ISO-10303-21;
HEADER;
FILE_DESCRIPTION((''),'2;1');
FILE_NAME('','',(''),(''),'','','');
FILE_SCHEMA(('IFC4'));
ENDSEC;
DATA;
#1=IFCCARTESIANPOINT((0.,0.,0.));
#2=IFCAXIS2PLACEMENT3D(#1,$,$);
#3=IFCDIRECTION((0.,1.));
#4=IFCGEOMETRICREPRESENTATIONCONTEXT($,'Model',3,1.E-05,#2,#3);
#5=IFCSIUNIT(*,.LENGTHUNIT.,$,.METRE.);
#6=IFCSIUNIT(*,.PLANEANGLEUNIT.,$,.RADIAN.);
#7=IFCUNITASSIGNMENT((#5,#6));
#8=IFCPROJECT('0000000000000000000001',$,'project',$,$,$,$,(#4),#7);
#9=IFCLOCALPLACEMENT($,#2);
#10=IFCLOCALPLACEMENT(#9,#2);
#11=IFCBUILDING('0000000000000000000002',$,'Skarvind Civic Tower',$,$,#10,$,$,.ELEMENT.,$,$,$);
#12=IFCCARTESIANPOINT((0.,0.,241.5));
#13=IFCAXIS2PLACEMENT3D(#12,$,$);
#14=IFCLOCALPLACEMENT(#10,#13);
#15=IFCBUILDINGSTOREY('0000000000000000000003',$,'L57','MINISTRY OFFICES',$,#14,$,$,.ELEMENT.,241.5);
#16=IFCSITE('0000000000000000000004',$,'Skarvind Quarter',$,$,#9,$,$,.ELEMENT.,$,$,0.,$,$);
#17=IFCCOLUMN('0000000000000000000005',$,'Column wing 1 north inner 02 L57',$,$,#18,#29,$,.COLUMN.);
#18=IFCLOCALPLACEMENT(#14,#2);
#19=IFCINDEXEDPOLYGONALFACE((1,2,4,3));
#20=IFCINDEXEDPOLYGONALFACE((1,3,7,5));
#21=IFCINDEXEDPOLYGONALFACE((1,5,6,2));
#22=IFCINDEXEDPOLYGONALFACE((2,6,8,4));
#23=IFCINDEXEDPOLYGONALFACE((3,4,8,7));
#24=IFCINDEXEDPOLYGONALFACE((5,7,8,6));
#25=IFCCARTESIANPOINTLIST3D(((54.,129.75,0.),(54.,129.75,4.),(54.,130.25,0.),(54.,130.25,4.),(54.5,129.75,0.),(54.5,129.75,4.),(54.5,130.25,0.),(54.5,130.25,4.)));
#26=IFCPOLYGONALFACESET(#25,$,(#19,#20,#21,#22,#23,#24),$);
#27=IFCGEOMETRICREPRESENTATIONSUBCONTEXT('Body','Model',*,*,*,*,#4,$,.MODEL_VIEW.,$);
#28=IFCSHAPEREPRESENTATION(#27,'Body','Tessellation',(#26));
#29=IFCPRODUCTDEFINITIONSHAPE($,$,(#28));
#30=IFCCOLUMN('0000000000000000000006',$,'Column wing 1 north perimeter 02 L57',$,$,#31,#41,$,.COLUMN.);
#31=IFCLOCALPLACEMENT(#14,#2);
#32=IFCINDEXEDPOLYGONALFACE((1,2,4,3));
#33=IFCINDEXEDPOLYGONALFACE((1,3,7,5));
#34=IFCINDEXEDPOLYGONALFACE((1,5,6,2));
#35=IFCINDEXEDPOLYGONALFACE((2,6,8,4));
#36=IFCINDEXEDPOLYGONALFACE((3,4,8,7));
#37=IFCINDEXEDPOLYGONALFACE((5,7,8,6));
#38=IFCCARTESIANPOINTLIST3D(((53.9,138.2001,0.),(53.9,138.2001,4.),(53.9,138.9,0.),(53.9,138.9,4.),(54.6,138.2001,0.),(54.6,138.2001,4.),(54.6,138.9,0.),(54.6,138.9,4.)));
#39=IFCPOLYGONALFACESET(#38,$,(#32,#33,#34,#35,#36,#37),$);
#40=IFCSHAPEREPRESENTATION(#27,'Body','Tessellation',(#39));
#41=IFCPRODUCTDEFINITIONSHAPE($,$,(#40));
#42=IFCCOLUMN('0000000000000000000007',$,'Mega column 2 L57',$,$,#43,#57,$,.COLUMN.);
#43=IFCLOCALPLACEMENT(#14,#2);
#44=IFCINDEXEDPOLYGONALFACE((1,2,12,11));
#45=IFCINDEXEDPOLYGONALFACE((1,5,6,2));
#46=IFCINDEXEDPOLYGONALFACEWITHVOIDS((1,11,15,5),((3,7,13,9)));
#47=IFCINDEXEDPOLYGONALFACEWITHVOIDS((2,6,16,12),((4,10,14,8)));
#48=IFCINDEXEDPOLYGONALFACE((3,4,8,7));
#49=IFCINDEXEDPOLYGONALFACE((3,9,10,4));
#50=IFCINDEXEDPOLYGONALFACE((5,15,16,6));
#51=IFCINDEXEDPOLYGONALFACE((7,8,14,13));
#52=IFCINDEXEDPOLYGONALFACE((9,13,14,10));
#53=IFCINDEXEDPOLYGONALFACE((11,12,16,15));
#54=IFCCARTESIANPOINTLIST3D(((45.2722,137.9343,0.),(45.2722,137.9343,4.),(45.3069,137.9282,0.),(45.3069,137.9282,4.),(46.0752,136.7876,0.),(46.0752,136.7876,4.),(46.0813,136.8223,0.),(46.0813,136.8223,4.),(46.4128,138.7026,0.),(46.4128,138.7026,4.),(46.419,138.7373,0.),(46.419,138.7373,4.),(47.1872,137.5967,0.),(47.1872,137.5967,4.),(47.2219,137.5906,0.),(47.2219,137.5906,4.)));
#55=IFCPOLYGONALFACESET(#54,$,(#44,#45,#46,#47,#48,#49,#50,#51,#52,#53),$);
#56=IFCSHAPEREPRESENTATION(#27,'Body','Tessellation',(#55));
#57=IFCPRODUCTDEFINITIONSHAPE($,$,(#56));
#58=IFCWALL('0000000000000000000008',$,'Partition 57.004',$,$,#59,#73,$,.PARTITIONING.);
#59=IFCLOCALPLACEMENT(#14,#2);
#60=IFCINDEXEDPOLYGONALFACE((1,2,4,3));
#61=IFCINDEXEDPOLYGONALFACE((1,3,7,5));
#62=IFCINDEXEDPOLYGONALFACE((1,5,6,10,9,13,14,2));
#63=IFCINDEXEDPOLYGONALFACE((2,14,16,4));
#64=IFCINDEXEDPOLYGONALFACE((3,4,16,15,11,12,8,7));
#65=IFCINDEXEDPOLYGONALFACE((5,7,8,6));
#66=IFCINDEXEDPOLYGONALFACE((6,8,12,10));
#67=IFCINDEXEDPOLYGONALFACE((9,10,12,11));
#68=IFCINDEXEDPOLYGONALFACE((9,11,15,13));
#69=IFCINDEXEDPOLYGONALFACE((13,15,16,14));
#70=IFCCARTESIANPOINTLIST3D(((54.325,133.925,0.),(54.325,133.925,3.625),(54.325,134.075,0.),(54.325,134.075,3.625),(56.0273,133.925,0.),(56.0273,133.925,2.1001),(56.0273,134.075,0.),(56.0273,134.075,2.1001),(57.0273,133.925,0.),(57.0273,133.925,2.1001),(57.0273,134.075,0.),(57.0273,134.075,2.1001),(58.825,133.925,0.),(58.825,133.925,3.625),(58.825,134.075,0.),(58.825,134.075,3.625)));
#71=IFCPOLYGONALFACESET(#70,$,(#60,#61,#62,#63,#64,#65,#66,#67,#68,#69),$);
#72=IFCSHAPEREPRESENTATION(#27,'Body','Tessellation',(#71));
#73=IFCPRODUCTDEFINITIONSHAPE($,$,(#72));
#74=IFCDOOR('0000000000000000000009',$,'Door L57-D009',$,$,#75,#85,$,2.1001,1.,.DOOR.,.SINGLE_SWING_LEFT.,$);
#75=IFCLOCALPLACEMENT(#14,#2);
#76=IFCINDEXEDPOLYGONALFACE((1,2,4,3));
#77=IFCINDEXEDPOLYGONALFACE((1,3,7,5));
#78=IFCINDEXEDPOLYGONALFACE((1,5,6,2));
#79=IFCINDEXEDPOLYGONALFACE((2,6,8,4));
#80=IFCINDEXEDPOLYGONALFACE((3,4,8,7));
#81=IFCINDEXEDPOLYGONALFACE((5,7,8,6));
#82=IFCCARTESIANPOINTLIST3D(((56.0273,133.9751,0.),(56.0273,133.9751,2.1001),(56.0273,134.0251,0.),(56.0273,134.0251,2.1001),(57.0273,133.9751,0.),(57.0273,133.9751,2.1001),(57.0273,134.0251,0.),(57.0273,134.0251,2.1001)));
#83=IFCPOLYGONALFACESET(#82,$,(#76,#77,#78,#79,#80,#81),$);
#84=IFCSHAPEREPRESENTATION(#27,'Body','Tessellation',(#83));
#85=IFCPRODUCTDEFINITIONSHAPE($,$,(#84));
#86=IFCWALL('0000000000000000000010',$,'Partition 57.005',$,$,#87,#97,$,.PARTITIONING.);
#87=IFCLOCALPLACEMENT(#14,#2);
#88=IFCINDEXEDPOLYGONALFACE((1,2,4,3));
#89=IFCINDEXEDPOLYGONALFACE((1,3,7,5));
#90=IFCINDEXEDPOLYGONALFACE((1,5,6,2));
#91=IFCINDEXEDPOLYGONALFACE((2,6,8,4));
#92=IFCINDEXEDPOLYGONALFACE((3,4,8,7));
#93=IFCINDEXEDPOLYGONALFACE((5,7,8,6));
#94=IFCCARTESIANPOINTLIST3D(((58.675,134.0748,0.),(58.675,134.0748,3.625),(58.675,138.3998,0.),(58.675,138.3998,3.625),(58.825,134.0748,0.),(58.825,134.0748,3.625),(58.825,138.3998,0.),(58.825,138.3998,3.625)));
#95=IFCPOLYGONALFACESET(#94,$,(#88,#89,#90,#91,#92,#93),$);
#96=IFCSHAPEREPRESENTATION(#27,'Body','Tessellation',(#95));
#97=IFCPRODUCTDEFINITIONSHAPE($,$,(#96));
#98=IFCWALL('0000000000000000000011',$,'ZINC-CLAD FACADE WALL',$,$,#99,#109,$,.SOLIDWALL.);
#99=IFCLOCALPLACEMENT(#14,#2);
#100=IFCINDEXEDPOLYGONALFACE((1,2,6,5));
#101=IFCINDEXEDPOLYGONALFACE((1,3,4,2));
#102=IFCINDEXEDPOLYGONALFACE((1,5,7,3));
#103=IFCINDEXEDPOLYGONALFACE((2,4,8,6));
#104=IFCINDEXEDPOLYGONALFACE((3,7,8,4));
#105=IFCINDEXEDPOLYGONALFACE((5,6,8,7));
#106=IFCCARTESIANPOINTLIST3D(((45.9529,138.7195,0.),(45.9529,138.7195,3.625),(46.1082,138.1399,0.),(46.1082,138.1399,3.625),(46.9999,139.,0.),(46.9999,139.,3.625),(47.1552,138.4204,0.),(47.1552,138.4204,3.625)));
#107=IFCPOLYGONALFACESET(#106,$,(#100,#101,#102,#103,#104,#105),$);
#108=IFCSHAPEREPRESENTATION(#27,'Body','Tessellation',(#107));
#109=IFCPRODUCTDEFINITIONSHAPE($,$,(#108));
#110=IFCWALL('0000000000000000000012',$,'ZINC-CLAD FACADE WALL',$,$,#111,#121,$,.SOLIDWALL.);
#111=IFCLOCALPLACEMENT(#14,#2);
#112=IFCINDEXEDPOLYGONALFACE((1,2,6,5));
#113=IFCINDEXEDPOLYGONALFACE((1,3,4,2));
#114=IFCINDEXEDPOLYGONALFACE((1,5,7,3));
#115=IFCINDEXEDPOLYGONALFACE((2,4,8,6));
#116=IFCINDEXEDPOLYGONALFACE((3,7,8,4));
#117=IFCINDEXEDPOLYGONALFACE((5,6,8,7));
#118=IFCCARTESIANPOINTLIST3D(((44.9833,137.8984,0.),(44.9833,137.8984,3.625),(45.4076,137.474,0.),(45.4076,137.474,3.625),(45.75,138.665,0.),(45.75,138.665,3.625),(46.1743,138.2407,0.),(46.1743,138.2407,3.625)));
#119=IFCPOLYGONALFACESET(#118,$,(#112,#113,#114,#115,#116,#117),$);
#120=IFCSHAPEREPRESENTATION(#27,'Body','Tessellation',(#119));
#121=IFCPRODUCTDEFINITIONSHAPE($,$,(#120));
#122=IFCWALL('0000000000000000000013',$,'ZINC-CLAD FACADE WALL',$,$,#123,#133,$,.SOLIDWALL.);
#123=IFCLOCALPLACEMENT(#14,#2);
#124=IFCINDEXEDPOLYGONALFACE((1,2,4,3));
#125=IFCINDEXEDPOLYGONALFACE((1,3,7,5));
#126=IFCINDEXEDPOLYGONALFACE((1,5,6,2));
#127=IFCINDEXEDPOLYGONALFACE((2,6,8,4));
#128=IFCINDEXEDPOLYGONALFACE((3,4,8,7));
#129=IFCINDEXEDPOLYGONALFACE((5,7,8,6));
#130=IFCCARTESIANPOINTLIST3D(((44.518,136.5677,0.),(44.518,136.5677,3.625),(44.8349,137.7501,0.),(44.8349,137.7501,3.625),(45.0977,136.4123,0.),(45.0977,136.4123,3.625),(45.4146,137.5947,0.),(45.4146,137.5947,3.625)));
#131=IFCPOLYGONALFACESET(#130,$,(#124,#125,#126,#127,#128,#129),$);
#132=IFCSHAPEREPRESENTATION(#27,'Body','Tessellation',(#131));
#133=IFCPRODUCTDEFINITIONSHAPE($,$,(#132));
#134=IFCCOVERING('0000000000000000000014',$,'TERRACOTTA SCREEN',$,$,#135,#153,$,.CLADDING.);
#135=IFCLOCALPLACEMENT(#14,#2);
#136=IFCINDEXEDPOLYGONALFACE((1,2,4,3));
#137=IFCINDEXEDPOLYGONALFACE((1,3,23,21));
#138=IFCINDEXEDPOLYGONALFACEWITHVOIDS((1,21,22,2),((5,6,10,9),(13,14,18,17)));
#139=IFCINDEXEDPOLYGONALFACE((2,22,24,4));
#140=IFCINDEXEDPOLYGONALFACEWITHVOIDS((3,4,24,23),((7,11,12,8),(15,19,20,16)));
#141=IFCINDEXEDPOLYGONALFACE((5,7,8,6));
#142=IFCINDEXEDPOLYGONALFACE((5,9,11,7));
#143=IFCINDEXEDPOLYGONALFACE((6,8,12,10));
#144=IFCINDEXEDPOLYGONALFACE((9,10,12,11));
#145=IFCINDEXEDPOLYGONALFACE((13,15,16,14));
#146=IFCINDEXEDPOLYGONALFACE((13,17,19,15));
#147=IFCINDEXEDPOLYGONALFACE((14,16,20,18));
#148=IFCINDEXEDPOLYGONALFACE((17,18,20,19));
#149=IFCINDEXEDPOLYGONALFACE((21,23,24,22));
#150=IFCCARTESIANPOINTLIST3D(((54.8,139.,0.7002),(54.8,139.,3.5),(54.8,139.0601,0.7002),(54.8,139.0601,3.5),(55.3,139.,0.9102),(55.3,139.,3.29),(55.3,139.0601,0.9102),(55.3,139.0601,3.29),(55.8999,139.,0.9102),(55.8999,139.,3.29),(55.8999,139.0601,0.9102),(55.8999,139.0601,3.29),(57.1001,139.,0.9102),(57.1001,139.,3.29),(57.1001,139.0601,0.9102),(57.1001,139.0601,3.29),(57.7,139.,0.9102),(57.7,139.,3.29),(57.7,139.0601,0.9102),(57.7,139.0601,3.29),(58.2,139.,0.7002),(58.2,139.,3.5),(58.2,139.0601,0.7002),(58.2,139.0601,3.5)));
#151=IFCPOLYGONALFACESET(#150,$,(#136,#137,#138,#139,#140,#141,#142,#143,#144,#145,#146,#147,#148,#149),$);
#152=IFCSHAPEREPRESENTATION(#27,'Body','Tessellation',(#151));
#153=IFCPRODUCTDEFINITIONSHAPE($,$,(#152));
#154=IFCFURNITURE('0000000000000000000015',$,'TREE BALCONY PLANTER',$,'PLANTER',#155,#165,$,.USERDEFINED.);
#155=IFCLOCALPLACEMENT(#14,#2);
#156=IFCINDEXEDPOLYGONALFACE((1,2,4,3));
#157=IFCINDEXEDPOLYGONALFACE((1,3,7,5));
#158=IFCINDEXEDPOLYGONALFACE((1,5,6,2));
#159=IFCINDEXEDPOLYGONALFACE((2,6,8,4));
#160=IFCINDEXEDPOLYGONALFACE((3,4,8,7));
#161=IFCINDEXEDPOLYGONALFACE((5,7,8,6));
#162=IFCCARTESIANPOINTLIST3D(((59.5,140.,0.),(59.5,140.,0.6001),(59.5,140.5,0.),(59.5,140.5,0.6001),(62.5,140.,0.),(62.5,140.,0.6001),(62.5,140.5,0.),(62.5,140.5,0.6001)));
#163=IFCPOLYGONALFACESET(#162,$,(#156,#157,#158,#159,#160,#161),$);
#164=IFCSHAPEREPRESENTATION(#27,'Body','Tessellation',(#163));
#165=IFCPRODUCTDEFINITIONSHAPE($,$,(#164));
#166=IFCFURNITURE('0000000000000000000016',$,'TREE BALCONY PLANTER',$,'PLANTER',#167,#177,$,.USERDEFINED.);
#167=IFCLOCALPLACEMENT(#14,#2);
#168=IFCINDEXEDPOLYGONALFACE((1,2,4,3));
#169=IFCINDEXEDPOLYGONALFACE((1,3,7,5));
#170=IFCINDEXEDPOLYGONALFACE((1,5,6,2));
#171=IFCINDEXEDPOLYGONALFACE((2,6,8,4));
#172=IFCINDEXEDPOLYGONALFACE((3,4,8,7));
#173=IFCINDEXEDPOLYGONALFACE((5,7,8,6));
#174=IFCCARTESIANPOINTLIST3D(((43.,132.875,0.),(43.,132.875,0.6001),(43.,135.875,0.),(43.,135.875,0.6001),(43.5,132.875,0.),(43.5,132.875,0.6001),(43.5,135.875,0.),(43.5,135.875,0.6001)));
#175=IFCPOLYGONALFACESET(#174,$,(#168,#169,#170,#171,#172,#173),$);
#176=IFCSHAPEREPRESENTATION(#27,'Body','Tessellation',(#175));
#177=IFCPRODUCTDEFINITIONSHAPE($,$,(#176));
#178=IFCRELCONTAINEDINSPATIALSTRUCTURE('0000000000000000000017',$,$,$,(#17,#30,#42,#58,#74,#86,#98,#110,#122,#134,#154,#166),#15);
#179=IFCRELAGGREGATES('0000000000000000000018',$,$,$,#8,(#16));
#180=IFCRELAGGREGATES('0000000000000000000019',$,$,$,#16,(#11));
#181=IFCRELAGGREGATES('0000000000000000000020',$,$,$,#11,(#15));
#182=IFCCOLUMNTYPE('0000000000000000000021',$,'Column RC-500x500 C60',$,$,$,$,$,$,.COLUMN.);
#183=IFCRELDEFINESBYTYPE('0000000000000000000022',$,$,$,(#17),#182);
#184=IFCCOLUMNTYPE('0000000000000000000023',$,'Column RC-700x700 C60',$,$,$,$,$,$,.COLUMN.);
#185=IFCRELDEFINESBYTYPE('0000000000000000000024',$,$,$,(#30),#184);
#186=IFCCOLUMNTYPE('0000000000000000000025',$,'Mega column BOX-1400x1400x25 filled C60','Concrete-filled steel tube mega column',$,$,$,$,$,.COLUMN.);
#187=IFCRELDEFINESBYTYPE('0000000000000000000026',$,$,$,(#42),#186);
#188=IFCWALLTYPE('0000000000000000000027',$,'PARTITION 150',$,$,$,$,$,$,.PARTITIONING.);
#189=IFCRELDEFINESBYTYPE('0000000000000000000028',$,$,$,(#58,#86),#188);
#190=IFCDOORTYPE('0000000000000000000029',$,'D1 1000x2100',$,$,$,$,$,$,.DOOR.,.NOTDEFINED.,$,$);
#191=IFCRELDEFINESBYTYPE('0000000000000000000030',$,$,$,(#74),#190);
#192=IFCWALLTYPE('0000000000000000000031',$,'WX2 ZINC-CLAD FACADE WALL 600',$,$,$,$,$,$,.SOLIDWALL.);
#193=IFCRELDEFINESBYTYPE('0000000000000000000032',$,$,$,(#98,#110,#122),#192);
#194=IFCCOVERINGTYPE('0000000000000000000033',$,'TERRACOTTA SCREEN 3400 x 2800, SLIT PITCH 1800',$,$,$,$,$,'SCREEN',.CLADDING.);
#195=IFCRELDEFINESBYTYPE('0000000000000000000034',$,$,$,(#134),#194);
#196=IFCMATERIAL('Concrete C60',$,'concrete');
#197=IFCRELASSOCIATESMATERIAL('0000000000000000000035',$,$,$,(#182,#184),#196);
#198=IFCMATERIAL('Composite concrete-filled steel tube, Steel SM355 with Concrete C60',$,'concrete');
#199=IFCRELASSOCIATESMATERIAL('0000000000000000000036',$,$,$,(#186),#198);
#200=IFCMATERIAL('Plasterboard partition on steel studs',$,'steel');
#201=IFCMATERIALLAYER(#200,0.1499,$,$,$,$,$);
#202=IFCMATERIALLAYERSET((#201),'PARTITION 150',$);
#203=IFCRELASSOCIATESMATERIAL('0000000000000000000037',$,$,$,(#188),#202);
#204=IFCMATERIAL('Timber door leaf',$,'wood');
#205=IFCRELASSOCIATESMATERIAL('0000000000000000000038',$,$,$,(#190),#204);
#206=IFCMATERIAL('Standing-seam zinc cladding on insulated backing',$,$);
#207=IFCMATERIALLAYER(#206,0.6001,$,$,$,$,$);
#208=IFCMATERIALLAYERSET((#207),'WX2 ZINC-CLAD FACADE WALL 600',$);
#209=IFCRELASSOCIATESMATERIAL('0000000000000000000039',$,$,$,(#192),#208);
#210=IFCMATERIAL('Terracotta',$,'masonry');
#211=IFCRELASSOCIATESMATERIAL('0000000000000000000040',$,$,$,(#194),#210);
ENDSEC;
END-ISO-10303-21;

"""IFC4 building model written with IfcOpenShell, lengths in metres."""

from ifc_helpers import new_model, si_unit, direction, frame, frame_2d, origin, origin_2d, place, context, subcontext, project, spatial, polyline, rectangle, hollow_rectangle, outline, extrude, material, layer, layer_set, material_profile, profile_set, type_object, element, fill, save


model = new_model("IFC4")

# Units and contexts
model_context = context("Model", 3, precision=1e-05, world=origin(), true_north=direction((0.0, 1.0)))
body_context = subcontext(model_context, "Body", "Model", "MODEL_VIEW")
ifc_project = project(units=[si_unit("LENGTHUNIT", "METRE"), si_unit("PLANEANGLEUNIT", "RADIAN")], contexts=[model_context])

# Site, building, storey
site_placement = place(None, origin())
site = spatial("IfcSite", under=ifc_project, at=site_placement, Name="Skarvind Quarter", CompositionType="ELEMENT", RefElevation=0.0)
building_placement = place(site_placement, origin())
building = spatial("IfcBuilding", under=site, at=building_placement, Name="Skarvind Civic Tower", CompositionType="ELEMENT")
storey_placement = place(building_placement, frame((0.0, 0.0, 241.5)))
storey = spatial("IfcBuildingStorey", under=building, at=storey_placement, Name="L57", Description="MINISTRY OFFICES", CompositionType="ELEMENT", Elevation=241.5)

# Columns
ifc_material_1 = material(Name="Concrete C60", Category="concrete")
ifc_material_profile_1 = material_profile(ifc_material_1, rectangle(XDim=0.5, YDim=0.5, at=origin_2d()), Name="RC-500x500")
ifc_profile_set_1 = profile_set([ifc_material_profile_1], Name="Concrete C60")
column_type_1 = type_object("IfcColumnType", Name="Column RC-500x500 C60", PredefinedType="COLUMN", material=ifc_profile_set_1)
column_1_placement = place(storey_placement, frame((54.25, 130.0, 0.0), z_axis=(0.0, 0.0, 1.0), x_axis=(1.0, 0.0, 0.0)))
element("IfcColumn", 1, at=column_1_placement, inside=storey, type_object=column_type_1, Name="Column wing 1 north inner 02 L57", PredefinedType="COLUMN", context=body_context, shape_type="SweptSolid", body=[
    extrude(rectangle(XDim=0.5, YDim=0.5, at=origin_2d()), origin(), (0.0, 0.0, 1.0), 4.0),
])
ifc_material_profile_2 = material_profile(ifc_material_1, rectangle(XDim=0.7, YDim=0.7, at=origin_2d()), Name="RC-700x700")
ifc_profile_set_2 = profile_set([ifc_material_profile_2], Name="Concrete C60")
column_type_2 = type_object("IfcColumnType", Name="Column RC-700x700 C60", PredefinedType="COLUMN", material=ifc_profile_set_2)
column_2_placement = place(storey_placement, frame((54.25, 138.55, 0.0), z_axis=(0.0, 0.0, 1.0), x_axis=(1.0, 0.0, 0.0)))
element("IfcColumn", 2, at=column_2_placement, inside=storey, type_object=column_type_2, Name="Column wing 1 north perimeter 02 L57", PredefinedType="COLUMN", context=body_context, shape_type="SweptSolid", body=[
    extrude(rectangle(XDim=0.7, YDim=0.7, at=origin_2d()), origin(), (0.0, 0.0, 1.0), 4.0),
])
ifc_material_2 = material(Name="Composite concrete-filled steel tube, Steel SM355 with Concrete C60", Category="concrete")
ifc_material_profile_3 = material_profile(ifc_material_2, hollow_rectangle(XDim=1.3999, YDim=1.3999, WallThickness=0.0249, at=origin_2d()), Name="BOX-1400x1400x25")
ifc_profile_set_3 = profile_set([ifc_material_profile_3], Name="Composite concrete-filled steel tube, Steel SM355 with Concrete C60")
column_type_3 = type_object("IfcColumnType", Name="Mega column BOX-1400x1400x25 filled C60", Description="Concrete-filled steel tube mega column", PredefinedType="COLUMN", material=ifc_profile_set_3)
column_3_placement = place(storey_placement, frame((46.2471, 137.7625, 0.0), z_axis=(0.0, 0.0, 1.0), x_axis=(0.573576, -0.819152, 0.0)))
element("IfcColumn", 3, at=column_3_placement, inside=storey, type_object=column_type_3, Name="Mega column 2 L57", PredefinedType="COLUMN", context=body_context, shape_type="SweptSolid", body=[
    extrude(hollow_rectangle(XDim=1.3999, YDim=1.3999, WallThickness=0.0249, at=origin_2d()), origin(), (0.0, 0.0, 1.0), 4.0),
])

# Wall, opening, door
ifc_material_3 = material(Name="Plasterboard partition on steel studs", Category="steel")
ifc_layer_1 = layer(ifc_material_3, 0.1499)
ifc_layer_set_1 = layer_set([ifc_layer_1], Name="PARTITION 150")
wall_type_1 = type_object("IfcWallType", Name="PARTITION 150", PredefinedType="PARTITIONING", material=ifc_layer_set_1)
wall_1_placement = place(storey_placement, frame((58.825, 134.0, 0.0), z_axis=(0.0, 0.0, 1.0), x_axis=(-1.0, 0.0, 0.0)))
wall_1 = element("IfcWall", 4, at=wall_1_placement, inside=storey, type_object=wall_type_1, Name="Partition 57.004", PredefinedType="PARTITIONING", context=body_context, shape_type="SweptSolid", body=[
    extrude(rectangle(XDim=4.5, YDim=0.1499, at=frame_2d((2.25, 0.0))), origin(), (0.0, 0.0, 1.0), 3.625),
])
opening_1_placement = place(wall_1_placement, frame((1.7976, 0.0, 0.0)))
opening_1 = element("IfcOpeningElement", 5, at=opening_1_placement, cuts=wall_1, PredefinedType="OPENING", context=body_context, shape_type="SweptSolid", body=[
    extrude(rectangle(XDim=1.0, YDim=2.1001, at=frame_2d((0.5, 1.05))), frame((0.0, 0.085, 0.0), z_axis=(0.0, -1.0, 0.0), x_axis=(1.0, 0.0, 0.0)), (0.0, 0.0, 1.0), 0.1699),
])
ifc_material_4 = material(Name="Timber door leaf", Category="wood")
door_type_1 = type_object("IfcDoorType", Name="D1 1000x2100", OperationType="NOTDEFINED", PredefinedType="DOOR", material=ifc_material_4)
door_1_placement = place(opening_1_placement, origin())
door_1 = element("IfcDoor", 6, at=door_1_placement, inside=storey, type_object=door_type_1, Name="Door L57-D009", OperationType="SINGLE_SWING_LEFT", OverallHeight=2.1001, OverallWidth=1.0, PredefinedType="DOOR", context=body_context, shape_type="SweptSolid", body=[
    extrude(rectangle(XDim=1.0, YDim=2.1001, at=frame_2d((0.5, 1.05))), frame((0.0, 0.0249, 0.0), z_axis=(0.0, -1.0, 0.0), x_axis=(1.0, 0.0, 0.0)), (0.0, 0.0, 1.0), 0.05),
])
fill(opening_1, door_1)

# Wall
wall_2_placement = place(storey_placement, frame((58.75, 138.3999, 0.0), z_axis=(0.0, 0.0, 1.0), x_axis=(0.0, -1.0, 0.0)))
element("IfcWall", 7, at=wall_2_placement, inside=storey, type_object=wall_type_1, Name="Partition 57.005", PredefinedType="PARTITIONING", context=body_context, shape_type="SweptSolid", body=[
    extrude(rectangle(XDim=4.325, YDim=0.1499, at=frame_2d((2.1626, 0.0))), origin(), (0.0, 0.0, 1.0), 3.625),
])

# Shared definitions
ifc_material_5 = material(Name="Standing-seam zinc cladding on insulated backing")
ifc_layer_2 = layer(ifc_material_5, 0.6001)
ifc_layer_set_2 = layer_set([ifc_layer_2], Name="WX2 ZINC-CLAD FACADE WALL 600")
wall_type_2 = type_object("IfcWallType", Name="WX2 ZINC-CLAD FACADE WALL 600", PredefinedType="SOLIDWALL", material=ifc_layer_set_2)

# Walls
wall_3_placement = place(storey_placement, frame((46.0305, 138.4297, 0.0), z_axis=(0.0, 0.0, 1.0), x_axis=(0.965939, 0.25877, 0.0)))
element("IfcWall", 8, at=wall_3_placement, inside=storey, type_object=wall_type_2, Name="ZINC-CLAD FACADE WALL", PredefinedType="SOLIDWALL", context=body_context, shape_type="SweptSolid", body=[
    extrude(rectangle(XDim=1.084, YDim=0.6001, at=frame_2d((0.542, 0.0))), origin(), (0.0, 0.0, 1.0), 3.625),
])
wall_4_placement = place(storey_placement, frame((45.1956, 137.6863, 0.0), z_axis=(0.0, 0.0, 1.0), x_axis=(0.707107, 0.707107, 0.0)))
element("IfcWall", 9, at=wall_4_placement, inside=storey, type_object=wall_type_2, Name="ZINC-CLAD FACADE WALL", PredefinedType="SOLIDWALL", context=body_context, shape_type="SweptSolid", body=[
    extrude(rectangle(XDim=1.0842, YDim=0.6001, at=frame_2d((0.542, 0.0))), origin(), (0.0, 0.0, 1.0), 3.625),
])
wall_5_placement = place(storey_placement, frame((44.8079, 136.49, 0.0), z_axis=(0.0, 0.0, 1.0), x_axis=(0.258879, 0.96591, 0.0)))
element("IfcWall", 10, at=wall_5_placement, inside=storey, type_object=wall_type_2, Name="ZINC-CLAD FACADE WALL", PredefinedType="SOLIDWALL", context=body_context, shape_type="SweptSolid", body=[
    extrude(rectangle(XDim=1.2241, YDim=0.6001, at=frame_2d((0.6121, 0.0))), origin(), (0.0, 0.0, 1.0), 3.625),
])

# Covering
ifc_material_6 = material(Name="Terracotta", Category="masonry")
ifc_material_profile_4 = material_profile(ifc_material_6, outline(polyline([(-1.7, -1.3999), (1.7, -1.3999), (1.7, 1.3999), (-1.7, 1.3999), (-1.7, -1.3999)]), holes=[polyline([(-1.2, -1.1899), (-0.6001, -1.1899), (-0.6001, 1.1899), (-1.2, 1.1899), (-1.2, -1.1899)]), polyline([(0.6001, -1.1899), (1.2, -1.1899), (1.2, 1.1899), (0.6001, 1.1899), (0.6001, -1.1899)])]), Name="TERRACOTTA SCREEN 3400 x 2800, SLIT PITCH 1800")
ifc_profile_set_4 = profile_set([ifc_material_profile_4], Name="Terracotta")
covering_type = type_object("IfcCoveringType", Name="TERRACOTTA SCREEN 3400 x 2800, SLIT PITCH 1800", ElementType="SCREEN", PredefinedType="CLADDING", material=ifc_profile_set_4)
covering_placement = place(storey_placement, frame((56.5, 139.0, 2.1001), z_axis=(0.0, 1.0, 0.0), x_axis=(-1.0, 0.0, 0.0)))
element("IfcCovering", 11, at=covering_placement, inside=storey, type_object=covering_type, Name="TERRACOTTA SCREEN", PredefinedType="CLADDING", context=body_context, shape_type="SweptSolid", body=[
    extrude(outline(polyline([(-1.7, -1.3999), (1.7, -1.3999), (1.7, 1.3999), (-1.7, 1.3999), (-1.7, -1.3999)]), holes=[polyline([(-1.2, -1.1899), (-0.6001, -1.1899), (-0.6001, 1.1899), (-1.2, 1.1899), (-1.2, -1.1899)]), polyline([(0.6001, -1.1899), (1.2, -1.1899), (1.2, 1.1899), (0.6001, 1.1899), (0.6001, -1.1899)])]), origin(), (0.0, 0.0, 1.0), 0.0601),
])

# Furniture
for number, where, z_axis, x_axis, name in (
    (12, (61.0, 140.25, 0.0), (0.0, 0.0, 1.0), (1.0, 0.0, 0.0), "TREE BALCONY PLANTER"),
    (13, (43.25, 134.375, 0.0), (0.0, 0.0, 1.0), (0.0, 1.0, 0.0), "TREE BALCONY PLANTER"),
):
    element("IfcFurniture", number, at=place(storey_placement, frame(where, z_axis=z_axis, x_axis=x_axis)), inside=storey, Name=name, ObjectType="PLANTER", PredefinedType="USERDEFINED", context=body_context, shape_type="SweptSolid", body=[
        extrude(rectangle(XDim=3.0, YDim=0.5, at=origin_2d()), origin(), (0.0, 0.0, 1.0), 0.6001),
    ])

save(model, "model.ifc")
